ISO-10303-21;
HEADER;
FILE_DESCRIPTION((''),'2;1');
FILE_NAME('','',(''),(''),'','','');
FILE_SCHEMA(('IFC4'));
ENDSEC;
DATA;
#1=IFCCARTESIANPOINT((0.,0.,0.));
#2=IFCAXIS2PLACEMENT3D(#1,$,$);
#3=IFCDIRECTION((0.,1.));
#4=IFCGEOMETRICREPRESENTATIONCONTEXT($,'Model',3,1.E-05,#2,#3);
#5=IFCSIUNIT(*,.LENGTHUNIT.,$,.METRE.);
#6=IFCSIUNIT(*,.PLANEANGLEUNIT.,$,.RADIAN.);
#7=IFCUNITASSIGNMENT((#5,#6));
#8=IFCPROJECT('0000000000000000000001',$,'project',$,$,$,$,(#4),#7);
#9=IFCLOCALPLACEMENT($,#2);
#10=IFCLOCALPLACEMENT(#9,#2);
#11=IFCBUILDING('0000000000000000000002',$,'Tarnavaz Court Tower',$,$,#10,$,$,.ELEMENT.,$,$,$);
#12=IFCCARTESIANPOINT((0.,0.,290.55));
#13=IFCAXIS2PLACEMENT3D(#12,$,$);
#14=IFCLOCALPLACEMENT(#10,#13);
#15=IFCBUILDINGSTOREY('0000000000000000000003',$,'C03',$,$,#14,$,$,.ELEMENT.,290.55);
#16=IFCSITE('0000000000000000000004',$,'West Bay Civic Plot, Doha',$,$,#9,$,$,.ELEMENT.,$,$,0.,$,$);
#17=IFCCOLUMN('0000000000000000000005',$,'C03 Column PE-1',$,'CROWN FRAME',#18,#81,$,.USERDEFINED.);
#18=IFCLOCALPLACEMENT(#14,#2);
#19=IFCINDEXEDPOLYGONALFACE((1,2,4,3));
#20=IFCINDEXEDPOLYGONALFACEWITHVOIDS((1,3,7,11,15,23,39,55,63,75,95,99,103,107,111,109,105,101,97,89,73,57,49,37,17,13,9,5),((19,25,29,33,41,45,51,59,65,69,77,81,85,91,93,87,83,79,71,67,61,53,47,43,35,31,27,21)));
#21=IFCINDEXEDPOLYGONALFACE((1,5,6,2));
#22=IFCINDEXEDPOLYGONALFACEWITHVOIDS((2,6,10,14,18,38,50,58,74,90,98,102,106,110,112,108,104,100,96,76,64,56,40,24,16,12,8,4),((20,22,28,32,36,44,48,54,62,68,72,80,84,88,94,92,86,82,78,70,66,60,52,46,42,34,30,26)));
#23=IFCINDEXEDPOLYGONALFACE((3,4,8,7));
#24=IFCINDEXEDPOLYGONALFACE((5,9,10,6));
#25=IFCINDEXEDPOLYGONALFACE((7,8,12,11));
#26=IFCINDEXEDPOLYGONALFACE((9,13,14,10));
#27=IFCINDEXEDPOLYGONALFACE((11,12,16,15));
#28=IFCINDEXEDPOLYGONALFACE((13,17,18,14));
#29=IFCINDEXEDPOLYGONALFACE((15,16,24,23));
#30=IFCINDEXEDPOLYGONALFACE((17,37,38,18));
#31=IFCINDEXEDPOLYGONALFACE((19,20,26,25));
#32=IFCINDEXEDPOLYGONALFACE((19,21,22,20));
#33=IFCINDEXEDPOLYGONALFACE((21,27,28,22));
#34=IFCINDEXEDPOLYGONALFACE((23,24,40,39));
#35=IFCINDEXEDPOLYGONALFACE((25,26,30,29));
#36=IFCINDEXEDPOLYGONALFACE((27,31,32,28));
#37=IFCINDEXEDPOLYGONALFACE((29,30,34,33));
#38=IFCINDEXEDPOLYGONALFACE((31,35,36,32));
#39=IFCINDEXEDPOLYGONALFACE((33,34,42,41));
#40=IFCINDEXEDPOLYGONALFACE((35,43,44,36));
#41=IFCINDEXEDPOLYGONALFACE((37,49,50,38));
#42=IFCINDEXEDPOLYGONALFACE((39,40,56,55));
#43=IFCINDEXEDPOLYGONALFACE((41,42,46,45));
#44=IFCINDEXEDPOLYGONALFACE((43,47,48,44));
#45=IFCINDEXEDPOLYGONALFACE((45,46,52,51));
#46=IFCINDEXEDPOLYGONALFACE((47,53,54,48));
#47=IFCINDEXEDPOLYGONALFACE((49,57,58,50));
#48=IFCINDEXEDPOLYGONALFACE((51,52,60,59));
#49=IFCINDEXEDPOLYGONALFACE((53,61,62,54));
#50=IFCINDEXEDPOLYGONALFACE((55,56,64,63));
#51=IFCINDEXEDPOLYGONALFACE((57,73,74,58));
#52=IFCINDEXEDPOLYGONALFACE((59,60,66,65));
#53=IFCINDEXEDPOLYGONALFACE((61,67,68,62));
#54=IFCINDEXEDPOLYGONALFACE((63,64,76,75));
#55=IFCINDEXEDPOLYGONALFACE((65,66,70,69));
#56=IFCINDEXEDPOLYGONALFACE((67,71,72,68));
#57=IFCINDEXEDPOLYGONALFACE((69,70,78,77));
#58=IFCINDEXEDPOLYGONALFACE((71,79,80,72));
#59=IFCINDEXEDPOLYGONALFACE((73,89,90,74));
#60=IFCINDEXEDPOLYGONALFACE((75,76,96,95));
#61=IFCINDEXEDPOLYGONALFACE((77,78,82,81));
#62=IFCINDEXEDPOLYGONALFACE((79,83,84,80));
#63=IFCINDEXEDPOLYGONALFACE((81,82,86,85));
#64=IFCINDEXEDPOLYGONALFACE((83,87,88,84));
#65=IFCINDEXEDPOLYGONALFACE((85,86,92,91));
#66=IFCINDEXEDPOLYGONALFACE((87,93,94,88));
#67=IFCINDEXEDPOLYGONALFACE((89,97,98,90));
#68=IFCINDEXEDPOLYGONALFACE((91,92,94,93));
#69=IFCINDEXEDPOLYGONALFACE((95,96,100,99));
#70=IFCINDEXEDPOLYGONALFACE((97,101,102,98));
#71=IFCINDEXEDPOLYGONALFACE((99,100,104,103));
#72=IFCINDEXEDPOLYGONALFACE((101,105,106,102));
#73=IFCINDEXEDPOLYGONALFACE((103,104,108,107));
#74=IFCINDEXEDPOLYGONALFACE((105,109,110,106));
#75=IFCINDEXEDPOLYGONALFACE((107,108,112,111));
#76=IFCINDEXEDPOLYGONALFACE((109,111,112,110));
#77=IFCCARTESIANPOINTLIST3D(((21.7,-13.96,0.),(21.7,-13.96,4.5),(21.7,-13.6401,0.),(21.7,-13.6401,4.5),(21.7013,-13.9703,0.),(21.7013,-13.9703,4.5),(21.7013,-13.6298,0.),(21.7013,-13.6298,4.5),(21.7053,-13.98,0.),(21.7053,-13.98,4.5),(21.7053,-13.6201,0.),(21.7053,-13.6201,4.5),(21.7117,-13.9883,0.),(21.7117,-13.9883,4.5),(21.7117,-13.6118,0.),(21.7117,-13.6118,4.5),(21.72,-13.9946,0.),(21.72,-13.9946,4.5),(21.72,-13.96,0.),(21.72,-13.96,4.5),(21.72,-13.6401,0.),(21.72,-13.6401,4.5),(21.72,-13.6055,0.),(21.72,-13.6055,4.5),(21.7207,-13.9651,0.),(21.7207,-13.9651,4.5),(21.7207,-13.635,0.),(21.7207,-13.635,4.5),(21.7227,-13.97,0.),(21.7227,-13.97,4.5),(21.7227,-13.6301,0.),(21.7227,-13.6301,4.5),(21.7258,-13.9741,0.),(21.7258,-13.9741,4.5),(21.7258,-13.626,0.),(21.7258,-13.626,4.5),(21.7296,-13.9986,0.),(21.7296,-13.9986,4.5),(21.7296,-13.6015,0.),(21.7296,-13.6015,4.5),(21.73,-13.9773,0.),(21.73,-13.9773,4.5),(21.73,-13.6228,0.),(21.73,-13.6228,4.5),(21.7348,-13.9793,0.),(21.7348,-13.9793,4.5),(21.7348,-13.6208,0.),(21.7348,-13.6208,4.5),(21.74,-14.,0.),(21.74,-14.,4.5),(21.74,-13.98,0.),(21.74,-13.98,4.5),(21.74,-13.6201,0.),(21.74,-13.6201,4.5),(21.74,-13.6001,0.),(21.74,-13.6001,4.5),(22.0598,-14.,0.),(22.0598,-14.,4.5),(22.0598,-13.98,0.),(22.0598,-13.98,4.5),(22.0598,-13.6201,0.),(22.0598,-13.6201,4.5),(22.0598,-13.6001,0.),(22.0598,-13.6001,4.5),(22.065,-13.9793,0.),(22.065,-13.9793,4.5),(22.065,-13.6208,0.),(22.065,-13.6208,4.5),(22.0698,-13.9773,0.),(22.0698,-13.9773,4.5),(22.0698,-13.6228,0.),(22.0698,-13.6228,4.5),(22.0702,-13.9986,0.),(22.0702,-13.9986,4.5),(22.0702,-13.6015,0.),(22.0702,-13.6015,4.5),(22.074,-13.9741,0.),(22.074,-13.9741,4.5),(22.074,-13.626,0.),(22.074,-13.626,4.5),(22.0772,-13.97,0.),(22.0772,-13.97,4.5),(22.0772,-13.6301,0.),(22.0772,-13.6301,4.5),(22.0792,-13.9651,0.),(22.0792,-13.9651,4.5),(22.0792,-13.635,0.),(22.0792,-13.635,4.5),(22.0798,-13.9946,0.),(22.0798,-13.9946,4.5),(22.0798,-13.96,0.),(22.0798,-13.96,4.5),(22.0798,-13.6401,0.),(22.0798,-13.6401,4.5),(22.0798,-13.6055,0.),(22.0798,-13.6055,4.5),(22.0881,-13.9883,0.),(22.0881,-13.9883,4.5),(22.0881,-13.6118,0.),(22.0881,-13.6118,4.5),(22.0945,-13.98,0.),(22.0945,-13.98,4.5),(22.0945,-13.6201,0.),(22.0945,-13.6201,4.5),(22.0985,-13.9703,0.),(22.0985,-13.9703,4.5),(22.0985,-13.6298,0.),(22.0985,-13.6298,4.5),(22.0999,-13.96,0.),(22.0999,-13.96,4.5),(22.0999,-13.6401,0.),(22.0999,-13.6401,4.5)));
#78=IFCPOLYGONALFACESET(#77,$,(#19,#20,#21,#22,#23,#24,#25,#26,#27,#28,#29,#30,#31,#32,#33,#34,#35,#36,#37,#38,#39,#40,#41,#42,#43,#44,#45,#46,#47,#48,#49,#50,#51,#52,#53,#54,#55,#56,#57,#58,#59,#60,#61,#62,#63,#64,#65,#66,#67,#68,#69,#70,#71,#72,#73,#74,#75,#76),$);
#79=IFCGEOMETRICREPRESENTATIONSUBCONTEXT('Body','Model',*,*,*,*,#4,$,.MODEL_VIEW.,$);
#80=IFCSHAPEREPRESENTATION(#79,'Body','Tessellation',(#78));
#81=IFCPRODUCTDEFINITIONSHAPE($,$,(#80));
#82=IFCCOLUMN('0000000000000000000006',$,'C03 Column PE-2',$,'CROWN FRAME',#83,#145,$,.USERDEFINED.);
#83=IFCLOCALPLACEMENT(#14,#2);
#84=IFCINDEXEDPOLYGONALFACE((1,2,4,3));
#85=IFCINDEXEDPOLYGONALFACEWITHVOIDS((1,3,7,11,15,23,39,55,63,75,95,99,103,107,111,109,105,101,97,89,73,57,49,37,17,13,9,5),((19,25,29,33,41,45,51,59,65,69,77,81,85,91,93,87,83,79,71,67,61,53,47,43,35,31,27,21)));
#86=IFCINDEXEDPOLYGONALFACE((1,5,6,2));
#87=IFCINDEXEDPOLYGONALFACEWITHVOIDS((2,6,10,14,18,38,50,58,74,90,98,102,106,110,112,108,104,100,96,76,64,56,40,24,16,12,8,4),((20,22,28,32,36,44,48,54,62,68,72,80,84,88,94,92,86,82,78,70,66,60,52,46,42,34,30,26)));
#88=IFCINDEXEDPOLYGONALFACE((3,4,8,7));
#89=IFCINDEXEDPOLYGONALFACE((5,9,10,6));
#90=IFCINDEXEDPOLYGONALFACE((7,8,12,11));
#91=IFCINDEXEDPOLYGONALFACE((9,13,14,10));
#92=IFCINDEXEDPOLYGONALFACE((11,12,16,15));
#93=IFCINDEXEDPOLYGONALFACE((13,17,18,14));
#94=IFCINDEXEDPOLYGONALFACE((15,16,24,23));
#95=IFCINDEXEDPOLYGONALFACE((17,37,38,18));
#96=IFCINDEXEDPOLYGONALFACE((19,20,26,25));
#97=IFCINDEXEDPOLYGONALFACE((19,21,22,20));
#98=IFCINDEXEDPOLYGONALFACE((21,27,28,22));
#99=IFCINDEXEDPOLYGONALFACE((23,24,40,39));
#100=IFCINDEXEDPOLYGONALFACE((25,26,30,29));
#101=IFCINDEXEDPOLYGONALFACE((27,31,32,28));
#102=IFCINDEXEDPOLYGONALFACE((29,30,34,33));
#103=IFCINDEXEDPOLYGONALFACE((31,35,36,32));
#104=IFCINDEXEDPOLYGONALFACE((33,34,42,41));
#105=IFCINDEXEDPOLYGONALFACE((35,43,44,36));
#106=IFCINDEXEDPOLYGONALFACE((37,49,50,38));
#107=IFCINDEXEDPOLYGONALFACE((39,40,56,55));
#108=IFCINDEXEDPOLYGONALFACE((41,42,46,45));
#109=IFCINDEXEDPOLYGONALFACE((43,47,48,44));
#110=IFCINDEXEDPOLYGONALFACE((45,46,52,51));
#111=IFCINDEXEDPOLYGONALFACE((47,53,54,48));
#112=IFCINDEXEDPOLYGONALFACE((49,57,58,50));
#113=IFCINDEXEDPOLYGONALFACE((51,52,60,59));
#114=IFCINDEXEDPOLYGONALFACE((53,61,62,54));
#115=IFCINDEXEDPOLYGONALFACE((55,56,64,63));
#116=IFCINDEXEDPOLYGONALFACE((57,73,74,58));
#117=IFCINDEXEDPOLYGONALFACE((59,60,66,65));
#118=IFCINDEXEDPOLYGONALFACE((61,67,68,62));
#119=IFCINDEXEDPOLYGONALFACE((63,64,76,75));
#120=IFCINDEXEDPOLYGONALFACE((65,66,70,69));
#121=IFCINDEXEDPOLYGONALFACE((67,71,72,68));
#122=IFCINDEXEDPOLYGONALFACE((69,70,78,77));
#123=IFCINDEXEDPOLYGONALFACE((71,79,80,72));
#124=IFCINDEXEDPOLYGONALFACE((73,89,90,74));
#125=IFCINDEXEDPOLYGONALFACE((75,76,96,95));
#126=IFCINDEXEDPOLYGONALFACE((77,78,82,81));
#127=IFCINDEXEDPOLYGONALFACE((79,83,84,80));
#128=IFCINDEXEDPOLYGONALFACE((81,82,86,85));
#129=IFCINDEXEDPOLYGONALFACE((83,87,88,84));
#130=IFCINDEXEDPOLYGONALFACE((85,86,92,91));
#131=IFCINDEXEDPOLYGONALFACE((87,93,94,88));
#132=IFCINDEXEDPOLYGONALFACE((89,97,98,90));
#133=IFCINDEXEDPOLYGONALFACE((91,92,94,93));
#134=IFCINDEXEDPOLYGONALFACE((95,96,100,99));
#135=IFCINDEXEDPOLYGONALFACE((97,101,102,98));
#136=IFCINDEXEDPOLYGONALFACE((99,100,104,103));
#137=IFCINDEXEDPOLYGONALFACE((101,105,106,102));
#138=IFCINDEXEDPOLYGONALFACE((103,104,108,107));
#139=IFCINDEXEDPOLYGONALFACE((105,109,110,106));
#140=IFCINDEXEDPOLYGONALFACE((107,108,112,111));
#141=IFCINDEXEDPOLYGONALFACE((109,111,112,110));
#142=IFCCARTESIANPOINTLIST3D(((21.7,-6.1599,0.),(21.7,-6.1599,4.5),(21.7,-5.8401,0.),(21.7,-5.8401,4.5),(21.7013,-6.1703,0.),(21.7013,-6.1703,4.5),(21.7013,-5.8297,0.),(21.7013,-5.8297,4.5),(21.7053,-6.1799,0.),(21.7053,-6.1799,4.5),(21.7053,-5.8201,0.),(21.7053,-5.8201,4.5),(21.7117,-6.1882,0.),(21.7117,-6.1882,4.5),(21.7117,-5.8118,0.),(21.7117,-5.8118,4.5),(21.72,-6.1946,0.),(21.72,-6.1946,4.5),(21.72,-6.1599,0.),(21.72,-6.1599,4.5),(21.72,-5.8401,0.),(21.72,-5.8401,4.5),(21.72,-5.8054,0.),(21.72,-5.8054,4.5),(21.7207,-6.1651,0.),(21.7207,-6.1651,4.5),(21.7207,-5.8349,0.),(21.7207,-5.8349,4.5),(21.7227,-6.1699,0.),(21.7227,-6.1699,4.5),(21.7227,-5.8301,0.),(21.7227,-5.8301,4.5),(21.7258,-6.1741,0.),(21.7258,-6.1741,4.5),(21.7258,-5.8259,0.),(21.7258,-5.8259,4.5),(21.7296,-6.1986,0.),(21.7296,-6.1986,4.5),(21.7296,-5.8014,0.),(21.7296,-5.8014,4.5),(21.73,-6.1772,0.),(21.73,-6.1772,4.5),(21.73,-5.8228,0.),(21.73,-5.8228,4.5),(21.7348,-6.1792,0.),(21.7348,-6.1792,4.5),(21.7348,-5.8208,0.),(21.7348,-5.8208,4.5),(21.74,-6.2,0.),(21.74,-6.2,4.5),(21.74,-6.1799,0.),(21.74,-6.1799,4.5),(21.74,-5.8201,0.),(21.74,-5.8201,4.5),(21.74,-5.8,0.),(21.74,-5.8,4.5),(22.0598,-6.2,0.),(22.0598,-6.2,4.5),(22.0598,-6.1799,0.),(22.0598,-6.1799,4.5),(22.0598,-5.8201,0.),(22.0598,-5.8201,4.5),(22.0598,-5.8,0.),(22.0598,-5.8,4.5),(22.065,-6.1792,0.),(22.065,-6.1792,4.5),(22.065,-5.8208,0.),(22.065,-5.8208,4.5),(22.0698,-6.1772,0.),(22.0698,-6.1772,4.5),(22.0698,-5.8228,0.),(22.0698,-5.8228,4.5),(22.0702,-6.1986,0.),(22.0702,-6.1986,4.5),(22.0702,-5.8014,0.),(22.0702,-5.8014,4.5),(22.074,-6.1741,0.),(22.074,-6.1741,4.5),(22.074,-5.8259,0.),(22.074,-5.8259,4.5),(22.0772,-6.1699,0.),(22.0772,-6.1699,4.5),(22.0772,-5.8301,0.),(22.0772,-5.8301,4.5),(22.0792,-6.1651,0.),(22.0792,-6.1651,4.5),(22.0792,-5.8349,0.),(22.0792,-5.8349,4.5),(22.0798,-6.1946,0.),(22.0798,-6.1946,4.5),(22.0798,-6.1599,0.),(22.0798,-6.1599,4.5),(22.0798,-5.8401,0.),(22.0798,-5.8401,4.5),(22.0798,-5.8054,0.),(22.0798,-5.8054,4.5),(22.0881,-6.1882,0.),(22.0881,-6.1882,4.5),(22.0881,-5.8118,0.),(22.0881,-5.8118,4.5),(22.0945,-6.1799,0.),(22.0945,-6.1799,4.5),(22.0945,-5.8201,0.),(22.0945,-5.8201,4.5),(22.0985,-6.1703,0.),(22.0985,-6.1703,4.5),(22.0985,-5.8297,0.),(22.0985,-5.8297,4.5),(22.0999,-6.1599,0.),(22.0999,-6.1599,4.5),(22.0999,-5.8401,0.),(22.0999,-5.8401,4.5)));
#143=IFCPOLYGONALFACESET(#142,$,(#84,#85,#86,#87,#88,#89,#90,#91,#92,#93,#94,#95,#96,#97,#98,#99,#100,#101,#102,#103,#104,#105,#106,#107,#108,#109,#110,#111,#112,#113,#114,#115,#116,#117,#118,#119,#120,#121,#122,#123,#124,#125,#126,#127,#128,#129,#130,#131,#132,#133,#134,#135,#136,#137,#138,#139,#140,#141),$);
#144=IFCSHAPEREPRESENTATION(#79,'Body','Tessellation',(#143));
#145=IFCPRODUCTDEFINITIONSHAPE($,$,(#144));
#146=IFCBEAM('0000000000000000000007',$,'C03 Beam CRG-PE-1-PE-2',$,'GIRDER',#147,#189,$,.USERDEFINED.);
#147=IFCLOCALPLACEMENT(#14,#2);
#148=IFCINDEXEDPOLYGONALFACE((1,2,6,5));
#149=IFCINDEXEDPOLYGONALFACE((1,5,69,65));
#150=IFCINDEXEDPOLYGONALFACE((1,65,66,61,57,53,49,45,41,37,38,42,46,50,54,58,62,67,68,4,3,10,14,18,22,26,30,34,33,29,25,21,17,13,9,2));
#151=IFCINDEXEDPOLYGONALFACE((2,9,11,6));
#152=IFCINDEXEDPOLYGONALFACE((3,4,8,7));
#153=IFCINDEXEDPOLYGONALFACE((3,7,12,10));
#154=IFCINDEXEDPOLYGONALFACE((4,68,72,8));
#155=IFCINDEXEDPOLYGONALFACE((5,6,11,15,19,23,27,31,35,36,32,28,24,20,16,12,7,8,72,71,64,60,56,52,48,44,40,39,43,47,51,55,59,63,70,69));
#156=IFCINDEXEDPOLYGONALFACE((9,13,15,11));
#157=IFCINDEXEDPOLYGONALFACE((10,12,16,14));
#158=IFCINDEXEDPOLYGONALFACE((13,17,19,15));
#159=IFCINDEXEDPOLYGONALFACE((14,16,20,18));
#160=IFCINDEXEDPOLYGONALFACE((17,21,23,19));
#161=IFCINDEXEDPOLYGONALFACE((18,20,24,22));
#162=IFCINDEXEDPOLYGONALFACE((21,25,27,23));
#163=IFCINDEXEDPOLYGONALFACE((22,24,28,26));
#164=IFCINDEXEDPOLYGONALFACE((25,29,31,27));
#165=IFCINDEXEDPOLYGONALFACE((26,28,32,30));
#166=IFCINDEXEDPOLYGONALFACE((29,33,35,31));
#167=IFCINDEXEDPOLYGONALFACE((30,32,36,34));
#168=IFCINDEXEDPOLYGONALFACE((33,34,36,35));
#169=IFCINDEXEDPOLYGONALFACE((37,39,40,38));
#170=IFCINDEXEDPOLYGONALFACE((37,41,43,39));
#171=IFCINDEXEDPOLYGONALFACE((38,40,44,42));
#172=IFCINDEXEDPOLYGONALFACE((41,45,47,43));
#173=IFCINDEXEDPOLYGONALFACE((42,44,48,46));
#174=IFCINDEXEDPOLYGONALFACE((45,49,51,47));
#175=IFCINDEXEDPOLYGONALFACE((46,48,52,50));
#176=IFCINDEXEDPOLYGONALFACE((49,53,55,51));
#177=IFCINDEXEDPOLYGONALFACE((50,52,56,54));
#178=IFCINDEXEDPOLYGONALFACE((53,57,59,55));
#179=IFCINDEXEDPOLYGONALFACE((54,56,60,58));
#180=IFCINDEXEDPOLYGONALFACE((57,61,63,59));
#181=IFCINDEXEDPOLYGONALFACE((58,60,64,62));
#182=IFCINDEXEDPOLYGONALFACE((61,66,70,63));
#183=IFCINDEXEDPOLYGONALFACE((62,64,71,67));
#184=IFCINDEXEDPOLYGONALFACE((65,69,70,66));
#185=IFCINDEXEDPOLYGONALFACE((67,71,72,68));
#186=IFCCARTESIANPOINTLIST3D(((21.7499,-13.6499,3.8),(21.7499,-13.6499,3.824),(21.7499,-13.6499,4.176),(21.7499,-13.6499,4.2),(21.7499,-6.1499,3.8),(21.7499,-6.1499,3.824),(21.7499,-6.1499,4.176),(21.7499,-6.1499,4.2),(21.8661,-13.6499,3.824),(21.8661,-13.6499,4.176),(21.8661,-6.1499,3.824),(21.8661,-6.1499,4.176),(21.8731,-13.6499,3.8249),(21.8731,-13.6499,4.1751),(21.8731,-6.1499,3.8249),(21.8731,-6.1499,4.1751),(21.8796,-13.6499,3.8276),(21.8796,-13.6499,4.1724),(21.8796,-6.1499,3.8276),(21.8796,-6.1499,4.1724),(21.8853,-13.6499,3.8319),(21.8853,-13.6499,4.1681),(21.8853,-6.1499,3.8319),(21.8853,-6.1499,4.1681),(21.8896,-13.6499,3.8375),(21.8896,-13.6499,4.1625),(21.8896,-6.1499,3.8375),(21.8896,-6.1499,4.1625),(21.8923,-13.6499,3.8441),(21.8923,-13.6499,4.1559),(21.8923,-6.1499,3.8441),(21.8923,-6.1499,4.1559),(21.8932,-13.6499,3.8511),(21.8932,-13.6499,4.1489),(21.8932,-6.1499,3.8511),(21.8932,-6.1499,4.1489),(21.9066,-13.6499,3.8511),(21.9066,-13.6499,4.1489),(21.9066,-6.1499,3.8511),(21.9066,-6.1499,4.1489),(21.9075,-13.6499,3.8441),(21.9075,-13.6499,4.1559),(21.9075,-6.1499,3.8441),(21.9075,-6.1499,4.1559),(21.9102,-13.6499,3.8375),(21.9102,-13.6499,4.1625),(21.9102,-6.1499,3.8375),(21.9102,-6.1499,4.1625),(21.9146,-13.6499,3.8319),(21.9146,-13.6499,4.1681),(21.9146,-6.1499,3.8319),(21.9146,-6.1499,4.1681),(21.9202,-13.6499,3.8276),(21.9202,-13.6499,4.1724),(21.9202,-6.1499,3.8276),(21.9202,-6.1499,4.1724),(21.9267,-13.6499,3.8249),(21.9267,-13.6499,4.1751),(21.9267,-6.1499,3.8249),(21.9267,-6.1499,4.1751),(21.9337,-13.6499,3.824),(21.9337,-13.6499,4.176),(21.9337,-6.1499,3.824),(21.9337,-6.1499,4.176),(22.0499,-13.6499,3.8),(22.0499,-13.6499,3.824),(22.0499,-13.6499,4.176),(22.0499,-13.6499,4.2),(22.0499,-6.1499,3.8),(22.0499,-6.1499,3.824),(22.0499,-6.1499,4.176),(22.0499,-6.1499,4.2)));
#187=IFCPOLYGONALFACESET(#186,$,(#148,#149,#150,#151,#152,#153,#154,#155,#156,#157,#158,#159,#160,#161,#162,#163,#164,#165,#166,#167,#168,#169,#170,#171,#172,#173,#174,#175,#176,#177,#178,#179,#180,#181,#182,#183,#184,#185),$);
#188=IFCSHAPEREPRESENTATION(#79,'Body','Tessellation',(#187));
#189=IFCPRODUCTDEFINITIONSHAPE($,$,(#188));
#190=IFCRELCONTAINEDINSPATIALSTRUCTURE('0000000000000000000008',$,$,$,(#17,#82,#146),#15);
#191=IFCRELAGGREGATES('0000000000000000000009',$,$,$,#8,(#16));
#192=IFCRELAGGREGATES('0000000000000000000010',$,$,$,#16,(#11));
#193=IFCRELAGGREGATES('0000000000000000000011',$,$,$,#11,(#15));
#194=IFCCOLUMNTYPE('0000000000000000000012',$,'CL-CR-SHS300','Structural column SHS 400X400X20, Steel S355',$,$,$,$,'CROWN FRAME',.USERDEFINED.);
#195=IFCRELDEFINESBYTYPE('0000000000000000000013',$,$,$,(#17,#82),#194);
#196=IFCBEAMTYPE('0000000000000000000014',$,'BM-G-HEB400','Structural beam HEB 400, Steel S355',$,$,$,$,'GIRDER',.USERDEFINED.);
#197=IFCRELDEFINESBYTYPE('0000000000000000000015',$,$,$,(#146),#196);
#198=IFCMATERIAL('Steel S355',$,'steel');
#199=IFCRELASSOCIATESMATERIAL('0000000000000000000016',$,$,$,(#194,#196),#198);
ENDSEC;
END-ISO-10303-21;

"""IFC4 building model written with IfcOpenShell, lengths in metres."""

from ifc_helpers import new_model, si_unit, direction, frame, origin, origin_2d, place, context, subcontext, project, spatial, hollow_rectangle, i_section, extrude, material, material_profile, profile_set, type_object, element, save


model = new_model("IFC4")

# Units and contexts
model_context = context("Model", 3, precision=1e-05, world=origin(), true_north=direction((0.0, 1.0)))
body_context = subcontext(model_context, "Body", "Model", "MODEL_VIEW")
ifc_project = project(units=[si_unit("LENGTHUNIT", "METRE"), si_unit("PLANEANGLEUNIT", "RADIAN")], contexts=[model_context])

# Site, building, storey
site_placement = place(None, origin())
site = spatial("IfcSite", under=ifc_project, at=site_placement, Name="West Bay Civic Plot, Doha", CompositionType="ELEMENT", RefElevation=0.0)
building_placement = place(site_placement, origin())
building = spatial("IfcBuilding", under=site, at=building_placement, Name="Tarnavaz Court Tower", CompositionType="ELEMENT")
storey_placement = place(building_placement, frame((0.0, 0.0, 290.55)))
storey = spatial("IfcBuildingStorey", under=building, at=storey_placement, Name="C03", CompositionType="ELEMENT", Elevation=290.55)

# Columns
ifc_material_1 = material(Name="Steel S355", Category="steel")
ifc_material_profile_1 = material_profile(ifc_material_1, hollow_rectangle(XDim=0.3999, YDim=0.3999, WallThickness=0.02, InnerFilletRadius=0.02, OuterFilletRadius=0.04, at=origin_2d()), Name="SHS 400X400X20")
ifc_profile_set_1 = profile_set([ifc_material_profile_1], Name="Steel S355")
column_type = type_object("IfcColumnType", Name="CL-CR-SHS300", Description="Structural column SHS 400X400X20, Steel S355", ElementType="CROWN FRAME", PredefinedType="USERDEFINED", material=ifc_profile_set_1)
for number, where, z_axis, x_axis, name in (
    (1, (21.8999, -13.8, 0.0), (0.0, 0.0, 1.0), (1.0, 0.0, 0.0), "C03 Column PE-1"),
    (2, (21.8999, -6.0, 0.0), (0.0, 0.0, 1.0), (1.0, 0.0, 0.0), "C03 Column PE-2"),
):
    element("IfcColumn", number, at=place(storey_placement, frame(where, z_axis=z_axis, x_axis=x_axis)), inside=storey, type_object=column_type, Name=name, ObjectType="CROWN FRAME", PredefinedType="USERDEFINED", context=body_context, shape_type="SweptSolid", body=[
        extrude(hollow_rectangle(XDim=0.3999, YDim=0.3999, WallThickness=0.02, InnerFilletRadius=0.02, OuterFilletRadius=0.04, at=origin_2d()), origin(), (0.0, 0.0, 1.0), 4.5),
    ])

# Beam
ifc_material_profile_2 = material_profile(ifc_material_1, i_section(OverallWidth=0.3, OverallDepth=0.3999, WebThickness=0.0134, FlangeThickness=0.0239, FilletRadius=0.0271, at=origin_2d()), Name="HEB 400")
ifc_profile_set_2 = profile_set([ifc_material_profile_2], Name="Steel S355")
beam_type = type_object("IfcBeamType", Name="BM-G-HEB400", Description="Structural beam HEB 400, Steel S355", ElementType="GIRDER", PredefinedType="USERDEFINED", material=ifc_profile_set_2)
beam_1_placement = place(storey_placement, frame((21.8999, -13.6499, 4.0), z_axis=(0.0, 1.0, 0.0), x_axis=(-1.0, 0.0, 0.0)))
element("IfcBeam", 3, at=beam_1_placement, inside=storey, type_object=beam_type, Name="C03 Beam CRG-PE-1-PE-2", ObjectType="GIRDER", PredefinedType="USERDEFINED", context=body_context, shape_type="SweptSolid", body=[
    extrude(i_section(OverallWidth=0.3, OverallDepth=0.3999, WebThickness=0.0134, FlangeThickness=0.0239, FilletRadius=0.0271, at=origin_2d()), origin(), (0.0, 0.0, 1.0), 7.5),
])

save(model, "model.ifc")
